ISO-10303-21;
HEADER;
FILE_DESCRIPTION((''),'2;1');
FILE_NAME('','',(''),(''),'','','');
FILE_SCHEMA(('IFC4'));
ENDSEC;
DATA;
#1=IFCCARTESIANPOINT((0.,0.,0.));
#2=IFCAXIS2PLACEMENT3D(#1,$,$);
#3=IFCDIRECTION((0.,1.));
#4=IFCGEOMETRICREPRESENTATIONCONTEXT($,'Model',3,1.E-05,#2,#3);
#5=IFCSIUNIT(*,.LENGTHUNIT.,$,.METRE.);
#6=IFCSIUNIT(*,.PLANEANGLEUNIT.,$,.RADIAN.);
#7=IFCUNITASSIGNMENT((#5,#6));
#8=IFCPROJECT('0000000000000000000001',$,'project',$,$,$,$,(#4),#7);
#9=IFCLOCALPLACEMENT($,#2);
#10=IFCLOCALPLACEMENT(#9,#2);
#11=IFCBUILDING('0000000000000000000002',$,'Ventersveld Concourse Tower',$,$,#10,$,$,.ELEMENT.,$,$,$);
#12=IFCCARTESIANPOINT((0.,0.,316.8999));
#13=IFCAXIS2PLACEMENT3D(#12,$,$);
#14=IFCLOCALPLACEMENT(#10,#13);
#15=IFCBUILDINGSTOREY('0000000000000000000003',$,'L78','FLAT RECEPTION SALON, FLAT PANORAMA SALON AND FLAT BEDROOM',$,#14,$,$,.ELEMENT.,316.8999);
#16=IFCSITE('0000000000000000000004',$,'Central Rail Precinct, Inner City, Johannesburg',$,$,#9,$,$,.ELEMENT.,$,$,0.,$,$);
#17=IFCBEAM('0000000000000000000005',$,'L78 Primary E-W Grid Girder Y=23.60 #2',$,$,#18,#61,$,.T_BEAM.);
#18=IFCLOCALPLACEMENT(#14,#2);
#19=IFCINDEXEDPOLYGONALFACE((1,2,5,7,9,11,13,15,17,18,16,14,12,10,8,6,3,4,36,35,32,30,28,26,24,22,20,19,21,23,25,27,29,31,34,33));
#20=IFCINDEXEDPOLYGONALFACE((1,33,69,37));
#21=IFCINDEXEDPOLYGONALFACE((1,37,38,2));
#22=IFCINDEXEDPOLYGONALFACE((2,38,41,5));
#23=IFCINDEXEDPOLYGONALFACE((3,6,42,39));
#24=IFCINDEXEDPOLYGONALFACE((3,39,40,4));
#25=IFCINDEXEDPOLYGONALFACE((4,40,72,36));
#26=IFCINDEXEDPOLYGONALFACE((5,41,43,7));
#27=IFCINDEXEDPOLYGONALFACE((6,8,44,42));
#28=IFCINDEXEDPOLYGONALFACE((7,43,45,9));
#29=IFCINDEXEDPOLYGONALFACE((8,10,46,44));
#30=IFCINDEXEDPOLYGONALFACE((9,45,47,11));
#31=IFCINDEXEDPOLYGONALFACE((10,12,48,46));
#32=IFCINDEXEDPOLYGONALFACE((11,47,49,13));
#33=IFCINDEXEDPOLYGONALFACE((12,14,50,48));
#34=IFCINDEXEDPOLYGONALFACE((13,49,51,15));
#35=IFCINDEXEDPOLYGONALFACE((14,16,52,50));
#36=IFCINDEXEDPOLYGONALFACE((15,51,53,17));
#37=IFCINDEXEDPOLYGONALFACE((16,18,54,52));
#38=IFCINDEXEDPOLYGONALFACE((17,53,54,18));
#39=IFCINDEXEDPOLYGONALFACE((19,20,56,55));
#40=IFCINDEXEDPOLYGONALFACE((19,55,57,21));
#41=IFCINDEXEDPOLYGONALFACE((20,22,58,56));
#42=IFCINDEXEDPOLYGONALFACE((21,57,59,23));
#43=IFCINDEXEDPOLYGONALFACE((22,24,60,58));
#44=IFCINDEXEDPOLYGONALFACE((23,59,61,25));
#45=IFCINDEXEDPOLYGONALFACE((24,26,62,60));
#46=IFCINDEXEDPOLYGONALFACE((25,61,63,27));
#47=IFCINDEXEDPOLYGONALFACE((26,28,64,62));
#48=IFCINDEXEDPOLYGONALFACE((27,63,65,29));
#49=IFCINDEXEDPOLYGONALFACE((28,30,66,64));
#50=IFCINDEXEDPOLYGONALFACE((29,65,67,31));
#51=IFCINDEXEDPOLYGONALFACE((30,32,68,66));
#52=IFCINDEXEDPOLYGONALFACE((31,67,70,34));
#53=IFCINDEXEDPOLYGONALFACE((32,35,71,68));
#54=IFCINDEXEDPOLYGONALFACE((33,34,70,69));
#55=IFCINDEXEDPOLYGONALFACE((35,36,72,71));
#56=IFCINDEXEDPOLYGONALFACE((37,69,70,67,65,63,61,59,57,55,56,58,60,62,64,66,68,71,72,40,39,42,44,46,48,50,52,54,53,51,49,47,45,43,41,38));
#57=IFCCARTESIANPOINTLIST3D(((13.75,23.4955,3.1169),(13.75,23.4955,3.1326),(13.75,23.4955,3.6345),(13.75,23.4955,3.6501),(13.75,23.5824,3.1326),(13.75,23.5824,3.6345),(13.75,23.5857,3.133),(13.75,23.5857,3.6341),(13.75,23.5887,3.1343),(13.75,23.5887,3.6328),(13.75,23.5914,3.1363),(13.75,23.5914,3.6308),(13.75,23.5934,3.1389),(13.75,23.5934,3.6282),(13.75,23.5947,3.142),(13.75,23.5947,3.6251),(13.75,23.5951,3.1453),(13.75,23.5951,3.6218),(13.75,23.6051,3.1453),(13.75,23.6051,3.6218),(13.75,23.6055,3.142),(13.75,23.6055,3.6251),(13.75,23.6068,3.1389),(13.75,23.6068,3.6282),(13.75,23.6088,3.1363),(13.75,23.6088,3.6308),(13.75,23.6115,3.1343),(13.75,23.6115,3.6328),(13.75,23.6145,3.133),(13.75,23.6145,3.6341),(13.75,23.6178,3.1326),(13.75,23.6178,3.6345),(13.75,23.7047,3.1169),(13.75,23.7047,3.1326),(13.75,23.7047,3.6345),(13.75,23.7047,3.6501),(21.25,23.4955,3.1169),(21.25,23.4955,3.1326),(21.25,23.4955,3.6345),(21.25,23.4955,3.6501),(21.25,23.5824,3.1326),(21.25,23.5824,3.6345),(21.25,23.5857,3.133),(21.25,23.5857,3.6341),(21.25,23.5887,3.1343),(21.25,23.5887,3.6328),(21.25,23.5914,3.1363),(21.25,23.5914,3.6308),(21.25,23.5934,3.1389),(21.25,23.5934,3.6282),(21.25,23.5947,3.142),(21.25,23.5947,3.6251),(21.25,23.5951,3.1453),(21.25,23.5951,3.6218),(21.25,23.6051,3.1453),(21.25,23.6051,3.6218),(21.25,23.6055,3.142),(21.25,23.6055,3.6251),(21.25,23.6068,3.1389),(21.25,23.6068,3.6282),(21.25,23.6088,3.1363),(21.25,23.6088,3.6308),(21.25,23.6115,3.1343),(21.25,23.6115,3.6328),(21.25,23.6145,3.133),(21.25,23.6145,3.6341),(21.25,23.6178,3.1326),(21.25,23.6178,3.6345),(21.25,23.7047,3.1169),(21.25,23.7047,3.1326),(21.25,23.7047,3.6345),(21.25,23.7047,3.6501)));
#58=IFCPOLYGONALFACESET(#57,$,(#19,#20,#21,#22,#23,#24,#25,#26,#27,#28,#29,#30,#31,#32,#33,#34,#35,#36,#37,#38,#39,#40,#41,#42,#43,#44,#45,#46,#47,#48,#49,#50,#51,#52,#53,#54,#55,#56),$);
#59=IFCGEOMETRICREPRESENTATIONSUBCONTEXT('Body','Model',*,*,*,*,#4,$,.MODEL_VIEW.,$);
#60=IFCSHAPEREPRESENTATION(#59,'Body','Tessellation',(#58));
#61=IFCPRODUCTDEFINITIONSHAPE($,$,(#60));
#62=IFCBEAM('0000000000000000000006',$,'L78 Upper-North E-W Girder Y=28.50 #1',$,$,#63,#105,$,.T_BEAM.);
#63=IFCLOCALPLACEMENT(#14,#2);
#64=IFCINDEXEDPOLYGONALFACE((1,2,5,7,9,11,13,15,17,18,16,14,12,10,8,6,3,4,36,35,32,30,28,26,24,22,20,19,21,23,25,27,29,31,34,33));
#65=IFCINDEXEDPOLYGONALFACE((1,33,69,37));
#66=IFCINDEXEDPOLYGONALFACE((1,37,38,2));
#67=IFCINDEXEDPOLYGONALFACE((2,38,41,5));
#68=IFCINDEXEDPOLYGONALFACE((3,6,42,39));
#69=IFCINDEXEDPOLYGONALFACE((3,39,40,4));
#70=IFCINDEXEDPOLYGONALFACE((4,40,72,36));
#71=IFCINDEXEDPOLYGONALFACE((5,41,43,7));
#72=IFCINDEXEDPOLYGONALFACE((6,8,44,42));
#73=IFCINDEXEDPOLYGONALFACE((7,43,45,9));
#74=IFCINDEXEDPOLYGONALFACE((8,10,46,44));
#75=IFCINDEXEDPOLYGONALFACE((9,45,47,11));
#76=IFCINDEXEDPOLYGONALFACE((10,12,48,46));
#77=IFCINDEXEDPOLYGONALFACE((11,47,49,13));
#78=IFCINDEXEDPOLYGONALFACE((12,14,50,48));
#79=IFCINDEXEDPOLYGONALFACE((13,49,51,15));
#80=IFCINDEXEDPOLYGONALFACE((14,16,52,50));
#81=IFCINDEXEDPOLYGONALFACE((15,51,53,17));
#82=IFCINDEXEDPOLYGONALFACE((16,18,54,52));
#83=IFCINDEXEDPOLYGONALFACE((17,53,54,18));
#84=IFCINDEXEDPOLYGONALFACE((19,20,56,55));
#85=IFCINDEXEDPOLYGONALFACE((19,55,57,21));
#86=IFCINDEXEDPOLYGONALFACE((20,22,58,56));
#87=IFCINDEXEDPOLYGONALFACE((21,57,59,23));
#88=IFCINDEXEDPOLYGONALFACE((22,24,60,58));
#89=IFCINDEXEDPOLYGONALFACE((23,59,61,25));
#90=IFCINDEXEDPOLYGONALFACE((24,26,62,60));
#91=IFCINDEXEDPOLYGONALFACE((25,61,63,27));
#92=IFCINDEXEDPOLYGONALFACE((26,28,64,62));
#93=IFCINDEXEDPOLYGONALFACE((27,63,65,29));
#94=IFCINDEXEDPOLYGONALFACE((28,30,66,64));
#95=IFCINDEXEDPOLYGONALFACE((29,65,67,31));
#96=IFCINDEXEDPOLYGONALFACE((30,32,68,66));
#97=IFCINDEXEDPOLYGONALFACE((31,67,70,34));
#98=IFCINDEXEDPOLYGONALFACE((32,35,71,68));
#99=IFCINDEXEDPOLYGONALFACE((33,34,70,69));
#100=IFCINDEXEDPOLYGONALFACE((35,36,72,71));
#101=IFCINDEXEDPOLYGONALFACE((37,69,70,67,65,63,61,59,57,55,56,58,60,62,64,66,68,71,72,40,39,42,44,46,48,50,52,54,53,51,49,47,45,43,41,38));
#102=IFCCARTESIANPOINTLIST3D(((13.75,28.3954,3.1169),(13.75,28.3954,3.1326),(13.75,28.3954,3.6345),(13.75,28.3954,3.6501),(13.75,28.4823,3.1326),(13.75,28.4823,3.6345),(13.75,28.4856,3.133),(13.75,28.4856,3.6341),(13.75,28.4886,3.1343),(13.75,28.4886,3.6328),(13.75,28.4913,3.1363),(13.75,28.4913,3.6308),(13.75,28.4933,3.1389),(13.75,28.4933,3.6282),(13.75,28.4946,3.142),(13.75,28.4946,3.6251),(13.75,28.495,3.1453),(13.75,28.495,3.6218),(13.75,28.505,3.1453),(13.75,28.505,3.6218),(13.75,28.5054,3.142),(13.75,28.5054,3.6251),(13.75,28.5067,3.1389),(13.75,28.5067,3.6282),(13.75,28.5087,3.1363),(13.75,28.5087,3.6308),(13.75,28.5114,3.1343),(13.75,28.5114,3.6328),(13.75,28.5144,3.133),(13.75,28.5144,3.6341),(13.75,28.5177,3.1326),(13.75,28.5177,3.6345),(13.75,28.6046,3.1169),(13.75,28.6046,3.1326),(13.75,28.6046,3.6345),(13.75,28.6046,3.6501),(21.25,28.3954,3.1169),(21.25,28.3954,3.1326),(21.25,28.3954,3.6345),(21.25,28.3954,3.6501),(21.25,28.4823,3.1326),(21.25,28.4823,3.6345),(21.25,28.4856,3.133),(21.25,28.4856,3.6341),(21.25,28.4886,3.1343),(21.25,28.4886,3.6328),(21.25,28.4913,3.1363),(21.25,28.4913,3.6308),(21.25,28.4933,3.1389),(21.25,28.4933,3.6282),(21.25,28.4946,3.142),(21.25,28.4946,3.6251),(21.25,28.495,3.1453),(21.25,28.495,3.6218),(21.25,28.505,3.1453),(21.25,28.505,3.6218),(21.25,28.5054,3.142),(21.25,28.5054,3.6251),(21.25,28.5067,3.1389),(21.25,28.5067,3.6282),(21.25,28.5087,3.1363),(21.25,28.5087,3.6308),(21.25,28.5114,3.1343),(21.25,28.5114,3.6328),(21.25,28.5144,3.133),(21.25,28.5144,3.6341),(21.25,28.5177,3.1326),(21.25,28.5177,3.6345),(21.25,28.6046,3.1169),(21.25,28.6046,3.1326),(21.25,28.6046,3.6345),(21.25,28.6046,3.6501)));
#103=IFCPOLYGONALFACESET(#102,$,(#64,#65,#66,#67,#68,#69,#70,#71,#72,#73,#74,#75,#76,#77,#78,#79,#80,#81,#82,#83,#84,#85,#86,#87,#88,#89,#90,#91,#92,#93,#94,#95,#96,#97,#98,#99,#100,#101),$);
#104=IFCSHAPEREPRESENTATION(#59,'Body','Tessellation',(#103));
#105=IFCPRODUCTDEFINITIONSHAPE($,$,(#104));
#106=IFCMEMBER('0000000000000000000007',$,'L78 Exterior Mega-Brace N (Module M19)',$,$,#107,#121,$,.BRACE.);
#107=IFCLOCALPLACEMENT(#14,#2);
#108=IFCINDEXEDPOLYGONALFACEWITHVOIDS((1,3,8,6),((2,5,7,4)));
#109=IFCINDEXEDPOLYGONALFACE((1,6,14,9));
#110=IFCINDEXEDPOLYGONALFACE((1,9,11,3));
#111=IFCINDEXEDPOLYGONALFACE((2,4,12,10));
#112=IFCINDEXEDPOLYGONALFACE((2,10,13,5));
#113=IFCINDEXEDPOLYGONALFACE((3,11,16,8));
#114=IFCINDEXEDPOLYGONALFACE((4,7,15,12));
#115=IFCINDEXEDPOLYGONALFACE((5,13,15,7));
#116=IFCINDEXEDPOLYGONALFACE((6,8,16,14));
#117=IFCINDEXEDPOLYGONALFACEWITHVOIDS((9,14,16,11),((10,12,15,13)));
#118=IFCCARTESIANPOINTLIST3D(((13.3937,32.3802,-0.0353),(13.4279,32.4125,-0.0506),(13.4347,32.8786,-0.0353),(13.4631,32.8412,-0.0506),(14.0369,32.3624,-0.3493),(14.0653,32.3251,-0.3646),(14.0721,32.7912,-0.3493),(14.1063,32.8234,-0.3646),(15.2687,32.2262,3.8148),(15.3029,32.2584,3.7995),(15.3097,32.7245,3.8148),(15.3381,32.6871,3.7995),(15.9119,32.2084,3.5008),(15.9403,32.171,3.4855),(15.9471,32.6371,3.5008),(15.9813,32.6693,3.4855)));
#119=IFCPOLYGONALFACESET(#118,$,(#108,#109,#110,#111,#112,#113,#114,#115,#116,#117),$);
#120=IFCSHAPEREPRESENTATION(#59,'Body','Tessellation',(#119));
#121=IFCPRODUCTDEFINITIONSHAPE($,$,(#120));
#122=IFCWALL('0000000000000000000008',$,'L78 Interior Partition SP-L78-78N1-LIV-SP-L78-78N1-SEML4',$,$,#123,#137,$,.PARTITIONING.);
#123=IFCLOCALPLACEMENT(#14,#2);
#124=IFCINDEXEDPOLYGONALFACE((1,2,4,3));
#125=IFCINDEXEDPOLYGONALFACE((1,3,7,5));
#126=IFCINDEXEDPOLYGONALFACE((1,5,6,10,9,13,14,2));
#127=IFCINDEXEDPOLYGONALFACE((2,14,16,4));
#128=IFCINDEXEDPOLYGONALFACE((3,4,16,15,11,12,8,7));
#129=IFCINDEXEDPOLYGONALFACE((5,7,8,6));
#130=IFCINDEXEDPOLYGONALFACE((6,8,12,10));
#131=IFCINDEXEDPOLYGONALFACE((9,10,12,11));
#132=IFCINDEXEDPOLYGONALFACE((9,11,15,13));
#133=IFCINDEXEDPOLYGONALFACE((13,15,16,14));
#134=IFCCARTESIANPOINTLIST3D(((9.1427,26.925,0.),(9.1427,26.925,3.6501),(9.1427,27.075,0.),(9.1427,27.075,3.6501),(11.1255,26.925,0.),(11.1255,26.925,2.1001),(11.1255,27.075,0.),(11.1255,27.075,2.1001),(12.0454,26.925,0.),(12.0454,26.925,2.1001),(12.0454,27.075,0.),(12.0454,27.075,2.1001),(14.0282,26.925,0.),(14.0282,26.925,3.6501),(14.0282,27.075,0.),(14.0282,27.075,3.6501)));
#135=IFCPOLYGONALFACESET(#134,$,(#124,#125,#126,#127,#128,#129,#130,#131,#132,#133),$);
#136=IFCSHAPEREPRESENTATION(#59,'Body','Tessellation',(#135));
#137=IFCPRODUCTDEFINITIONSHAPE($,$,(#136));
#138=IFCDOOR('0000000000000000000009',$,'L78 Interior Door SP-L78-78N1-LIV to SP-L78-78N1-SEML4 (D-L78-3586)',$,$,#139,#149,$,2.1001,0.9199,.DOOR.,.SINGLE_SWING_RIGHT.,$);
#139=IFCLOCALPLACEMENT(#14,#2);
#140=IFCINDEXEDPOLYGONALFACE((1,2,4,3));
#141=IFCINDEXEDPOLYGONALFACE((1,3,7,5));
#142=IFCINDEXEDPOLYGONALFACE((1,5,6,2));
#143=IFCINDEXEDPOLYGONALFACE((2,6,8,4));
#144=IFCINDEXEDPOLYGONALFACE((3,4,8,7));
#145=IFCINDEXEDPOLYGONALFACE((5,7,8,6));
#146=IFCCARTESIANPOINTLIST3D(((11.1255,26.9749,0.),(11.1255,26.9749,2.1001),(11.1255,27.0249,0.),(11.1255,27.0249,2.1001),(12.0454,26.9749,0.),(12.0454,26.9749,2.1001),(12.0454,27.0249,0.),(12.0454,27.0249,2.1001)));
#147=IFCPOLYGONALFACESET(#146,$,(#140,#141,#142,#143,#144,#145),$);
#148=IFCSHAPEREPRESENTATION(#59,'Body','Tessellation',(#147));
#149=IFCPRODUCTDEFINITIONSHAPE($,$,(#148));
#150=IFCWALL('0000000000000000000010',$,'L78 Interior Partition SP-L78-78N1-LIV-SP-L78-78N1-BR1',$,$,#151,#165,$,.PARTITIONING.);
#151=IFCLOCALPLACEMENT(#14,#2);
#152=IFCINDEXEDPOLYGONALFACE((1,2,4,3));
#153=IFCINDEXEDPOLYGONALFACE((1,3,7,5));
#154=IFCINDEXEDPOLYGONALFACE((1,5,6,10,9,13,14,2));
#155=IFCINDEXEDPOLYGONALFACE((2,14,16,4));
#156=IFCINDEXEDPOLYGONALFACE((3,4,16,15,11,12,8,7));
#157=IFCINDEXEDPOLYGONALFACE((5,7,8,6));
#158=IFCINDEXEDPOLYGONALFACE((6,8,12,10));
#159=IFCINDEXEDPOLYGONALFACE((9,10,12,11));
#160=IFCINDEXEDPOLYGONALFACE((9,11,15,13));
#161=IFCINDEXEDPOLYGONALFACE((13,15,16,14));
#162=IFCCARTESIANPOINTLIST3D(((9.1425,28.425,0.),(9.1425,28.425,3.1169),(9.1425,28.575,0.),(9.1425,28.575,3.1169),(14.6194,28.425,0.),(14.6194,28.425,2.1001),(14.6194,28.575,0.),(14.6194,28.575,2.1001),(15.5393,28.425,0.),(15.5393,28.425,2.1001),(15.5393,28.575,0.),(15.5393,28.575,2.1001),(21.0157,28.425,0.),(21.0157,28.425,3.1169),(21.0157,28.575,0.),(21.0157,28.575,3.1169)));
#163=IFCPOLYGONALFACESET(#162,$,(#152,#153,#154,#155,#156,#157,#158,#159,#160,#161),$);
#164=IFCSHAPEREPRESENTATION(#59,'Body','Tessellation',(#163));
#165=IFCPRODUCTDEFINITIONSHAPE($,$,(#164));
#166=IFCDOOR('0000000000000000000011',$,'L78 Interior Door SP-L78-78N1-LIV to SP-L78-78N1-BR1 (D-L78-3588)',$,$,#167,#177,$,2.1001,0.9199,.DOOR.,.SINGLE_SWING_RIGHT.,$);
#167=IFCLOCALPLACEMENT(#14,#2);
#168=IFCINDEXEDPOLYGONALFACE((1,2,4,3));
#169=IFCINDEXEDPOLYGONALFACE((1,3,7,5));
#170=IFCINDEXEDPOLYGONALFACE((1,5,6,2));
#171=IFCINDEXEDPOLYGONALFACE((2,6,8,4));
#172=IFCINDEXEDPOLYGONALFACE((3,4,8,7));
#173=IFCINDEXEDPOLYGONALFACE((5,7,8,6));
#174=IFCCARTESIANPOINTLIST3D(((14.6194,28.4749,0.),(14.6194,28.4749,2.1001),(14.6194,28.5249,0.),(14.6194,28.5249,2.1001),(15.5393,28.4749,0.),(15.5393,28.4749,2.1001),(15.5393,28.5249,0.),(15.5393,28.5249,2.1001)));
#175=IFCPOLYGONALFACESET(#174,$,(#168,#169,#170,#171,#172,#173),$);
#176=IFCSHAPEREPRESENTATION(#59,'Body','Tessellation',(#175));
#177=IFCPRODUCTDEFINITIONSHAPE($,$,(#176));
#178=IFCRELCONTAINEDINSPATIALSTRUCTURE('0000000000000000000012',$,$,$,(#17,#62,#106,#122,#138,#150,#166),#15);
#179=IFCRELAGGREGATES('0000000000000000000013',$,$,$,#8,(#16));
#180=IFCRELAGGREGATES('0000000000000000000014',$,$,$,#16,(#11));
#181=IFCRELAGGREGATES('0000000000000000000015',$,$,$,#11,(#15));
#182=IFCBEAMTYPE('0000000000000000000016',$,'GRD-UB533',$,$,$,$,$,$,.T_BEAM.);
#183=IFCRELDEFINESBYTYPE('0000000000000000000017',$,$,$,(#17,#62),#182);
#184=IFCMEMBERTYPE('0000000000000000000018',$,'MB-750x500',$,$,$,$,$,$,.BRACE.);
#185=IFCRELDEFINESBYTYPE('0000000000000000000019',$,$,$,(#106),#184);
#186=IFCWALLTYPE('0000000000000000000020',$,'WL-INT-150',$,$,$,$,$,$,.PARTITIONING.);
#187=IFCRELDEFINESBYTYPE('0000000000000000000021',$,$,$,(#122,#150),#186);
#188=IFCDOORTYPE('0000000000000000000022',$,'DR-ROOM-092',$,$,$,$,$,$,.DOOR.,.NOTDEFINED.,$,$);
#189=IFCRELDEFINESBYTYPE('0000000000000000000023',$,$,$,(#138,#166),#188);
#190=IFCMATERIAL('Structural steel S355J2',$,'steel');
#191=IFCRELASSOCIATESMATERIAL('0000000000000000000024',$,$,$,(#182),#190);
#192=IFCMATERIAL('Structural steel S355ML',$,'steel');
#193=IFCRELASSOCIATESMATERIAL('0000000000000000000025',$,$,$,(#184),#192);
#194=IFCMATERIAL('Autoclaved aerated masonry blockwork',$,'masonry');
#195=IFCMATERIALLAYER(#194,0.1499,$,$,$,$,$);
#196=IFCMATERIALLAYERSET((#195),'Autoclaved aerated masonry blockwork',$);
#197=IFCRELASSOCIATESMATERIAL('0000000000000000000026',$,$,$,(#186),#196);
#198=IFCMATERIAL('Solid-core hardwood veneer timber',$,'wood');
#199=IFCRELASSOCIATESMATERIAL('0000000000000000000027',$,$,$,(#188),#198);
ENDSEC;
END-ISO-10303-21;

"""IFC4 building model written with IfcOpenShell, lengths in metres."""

from ifc_helpers import new_model, si_unit, direction, frame, frame_2d, origin, origin_2d, place, context, subcontext, project, spatial, rectangle, hollow_rectangle, i_section, extrude, material, layer, layer_set, material_profile, profile_set, type_object, element, fill, save


model = new_model("IFC4")

# Units and contexts
model_context = context("Model", 3, precision=1e-05, world=origin(), true_north=direction((0.0, 1.0)))
body_context = subcontext(model_context, "Body", "Model", "MODEL_VIEW")
ifc_project = project(units=[si_unit("LENGTHUNIT", "METRE"), si_unit("PLANEANGLEUNIT", "RADIAN")], contexts=[model_context])

# Site, building, storey
site_placement = place(None, origin())
site = spatial("IfcSite", under=ifc_project, at=site_placement, Name="Central Rail Precinct, Inner City, Johannesburg", CompositionType="ELEMENT", RefElevation=0.0)
building_placement = place(site_placement, origin())
building = spatial("IfcBuilding", under=site, at=building_placement, Name="Ventersveld Concourse Tower", CompositionType="ELEMENT")
storey_placement = place(building_placement, frame((0.0, 0.0, 316.8999)))
storey = spatial("IfcBuildingStorey", under=building, at=storey_placement, Name="L78", Description="FLAT RECEPTION SALON, FLAT PANORAMA SALON AND FLAT BEDROOM", CompositionType="ELEMENT", Elevation=316.8999)

# Shared definitions
ifc_material_1 = material(Name="Structural steel S355J2", Category="steel")

# Beams
ifc_material_profile_1 = material_profile(ifc_material_1, i_section(OverallWidth=0.2092, OverallDepth=0.5332, WebThickness=0.01, FlangeThickness=0.0156, FilletRadius=0.0127, at=origin_2d()), Name="UB 533x210x92")
ifc_profile_set_1 = profile_set([ifc_material_profile_1], Name="Structural steel S355J2")
beam_type_1 = type_object("IfcBeamType", Name="GRD-UB533", PredefinedType="T_BEAM", material=ifc_profile_set_1)
for number, where, z_axis, x_axis, name in (
    (1, (13.75, 23.6001, 3.3835), (1.0, 0.0, 0.0), (0.0, 1.0, 0.0), "L78 Primary E-W Grid Girder Y=23.60 #2"),
    (2, (13.75, 28.5, 3.3835), (1.0, 0.0, 0.0), (0.0, 1.0, 0.0), "L78 Upper-North E-W Girder Y=28.50 #1"),
):
    element("IfcBeam", number, at=place(storey_placement, frame(where, z_axis=z_axis, x_axis=x_axis)), inside=storey, type_object=beam_type_1, Name=name, PredefinedType="T_BEAM", context=body_context, shape_type="SweptSolid", body=[
        extrude(i_section(OverallWidth=0.2092, OverallDepth=0.5332, WebThickness=0.01, FlangeThickness=0.0156, FilletRadius=0.0127, at=origin_2d()), origin(), (0.0, 0.0, 1.0), 7.5),
    ])

# Member
ifc_material_2 = material(Name="Structural steel S355ML", Category="steel")
ifc_material_profile_2 = material_profile(ifc_material_2, hollow_rectangle(XDim=0.5, YDim=0.75, WallThickness=0.0349, at=origin_2d()), Name="BOX 750x500x35")
ifc_profile_set_2 = profile_set([ifc_material_profile_2], Name="Structural steel S355ML")
member_type = type_object("IfcMemberType", Name="MB-750x500", PredefinedType="BRACE", material=ifc_profile_set_2)
member_placement = place(storey_placement, frame((13.75, 32.6018, -0.2), z_axis=(0.437556, -0.03595, 0.898472), x_axis=(0.081886, 0.996642, 0.0)))
element("IfcMember", 3, at=member_placement, inside=storey, type_object=member_type, Name="L78 Exterior Mega-Brace N (Module M19)", PredefinedType="BRACE", context=body_context, shape_type="SweptSolid", body=[
    extrude(hollow_rectangle(XDim=0.5, YDim=0.75, WallThickness=0.0349, at=origin_2d()), origin(), (0.0, 0.0, 1.0), 4.2852),
])

# Walls, openings, doors
ifc_material_3 = material(Name="Autoclaved aerated masonry blockwork", Category="masonry")
ifc_layer_1 = layer(ifc_material_3, 0.1499)
ifc_layer_set_1 = layer_set([ifc_layer_1], Name="Autoclaved aerated masonry blockwork")
wall_type_1 = type_object("IfcWallType", Name="WL-INT-150", PredefinedType="PARTITIONING", material=ifc_layer_set_1)
wall_1_placement = place(storey_placement, frame((9.1426, 27.0, 0.0), z_axis=(0.0, 0.0, 1.0), x_axis=(1.0, 0.0, 0.0)))
wall_1 = element("IfcWall", 4, at=wall_1_placement, inside=storey, type_object=wall_type_1, Name="L78 Interior Partition SP-L78-78N1-LIV-SP-L78-78N1-SEML4", PredefinedType="PARTITIONING", context=body_context, shape_type="SweptSolid", body=[
    extrude(rectangle(XDim=4.8855, YDim=0.1499, at=frame_2d((2.4429, 0.0))), origin(), (0.0, 0.0, 1.0), 3.6501),
])
opening_1_placement = place(wall_1_placement, frame((1.9829, 0.0, 0.0)))
opening_1 = element("IfcOpeningElement", 5, at=opening_1_placement, cuts=wall_1, PredefinedType="OPENING", context=body_context, shape_type="SweptSolid", body=[
    extrude(rectangle(XDim=0.9199, YDim=2.1001, at=frame_2d((0.46, 1.05))), frame((0.0, 0.085, 0.0), z_axis=(0.0, -1.0, 0.0), x_axis=(1.0, 0.0, 0.0)), (0.0, 0.0, 1.0), 0.1699),
])
ifc_material_4 = material(Name="Solid-core hardwood veneer timber", Category="wood")
door_type = type_object("IfcDoorType", Name="DR-ROOM-092", OperationType="NOTDEFINED", PredefinedType="DOOR", material=ifc_material_4)
door_1_placement = place(opening_1_placement, origin())
door_1 = element("IfcDoor", 6, at=door_1_placement, inside=storey, type_object=door_type, Name="L78 Interior Door SP-L78-78N1-LIV to SP-L78-78N1-SEML4 (D-L78-3586)", OperationType="SINGLE_SWING_RIGHT", OverallHeight=2.1001, OverallWidth=0.9199, PredefinedType="DOOR", context=body_context, shape_type="SweptSolid", body=[
    extrude(rectangle(XDim=0.9199, YDim=2.1001, at=frame_2d((0.46, 1.05))), frame((0.0, 0.0249, 0.0), z_axis=(0.0, -1.0, 0.0), x_axis=(1.0, 0.0, 0.0)), (0.0, 0.0, 1.0), 0.05),
])
fill(opening_1, door_1)
wall_2_placement = place(storey_placement, frame((9.1426, 28.5, 0.0), z_axis=(0.0, 0.0, 1.0), x_axis=(1.0, 0.0, 0.0)))
wall_2 = element("IfcWall", 7, at=wall_2_placement, inside=storey, type_object=wall_type_1, Name="L78 Interior Partition SP-L78-78N1-LIV-SP-L78-78N1-BR1", PredefinedType="PARTITIONING", context=body_context, shape_type="SweptSolid", body=[
    extrude(rectangle(XDim=11.8733, YDim=0.1499, at=frame_2d((5.9365, 0.0))), origin(), (0.0, 0.0, 1.0), 3.1169),
])
opening_2_placement = place(wall_2_placement, frame((5.4768, 0.0, 0.0)))
opening_2 = element("IfcOpeningElement", 8, at=opening_2_placement, cuts=wall_2, PredefinedType="OPENING", context=body_context, shape_type="SweptSolid", body=[
    extrude(rectangle(XDim=0.9199, YDim=2.1001, at=frame_2d((0.46, 1.05))), frame((0.0, 0.085, 0.0), z_axis=(0.0, -1.0, 0.0), x_axis=(1.0, 0.0, 0.0)), (0.0, 0.0, 1.0), 0.1699),
])
door_2_placement = place(opening_2_placement, origin())
door_2 = element("IfcDoor", 9, at=door_2_placement, inside=storey, type_object=door_type, Name="L78 Interior Door SP-L78-78N1-LIV to SP-L78-78N1-BR1 (D-L78-3588)", OperationType="SINGLE_SWING_RIGHT", OverallHeight=2.1001, OverallWidth=0.9199, PredefinedType="DOOR", context=body_context, shape_type="SweptSolid", body=[
    extrude(rectangle(XDim=0.9199, YDim=2.1001, at=frame_2d((0.46, 1.05))), frame((0.0, 0.0249, 0.0), z_axis=(0.0, -1.0, 0.0), x_axis=(1.0, 0.0, 0.0)), (0.0, 0.0, 1.0), 0.05),
])
fill(opening_2, door_2)

save(model, "model.ifc")
